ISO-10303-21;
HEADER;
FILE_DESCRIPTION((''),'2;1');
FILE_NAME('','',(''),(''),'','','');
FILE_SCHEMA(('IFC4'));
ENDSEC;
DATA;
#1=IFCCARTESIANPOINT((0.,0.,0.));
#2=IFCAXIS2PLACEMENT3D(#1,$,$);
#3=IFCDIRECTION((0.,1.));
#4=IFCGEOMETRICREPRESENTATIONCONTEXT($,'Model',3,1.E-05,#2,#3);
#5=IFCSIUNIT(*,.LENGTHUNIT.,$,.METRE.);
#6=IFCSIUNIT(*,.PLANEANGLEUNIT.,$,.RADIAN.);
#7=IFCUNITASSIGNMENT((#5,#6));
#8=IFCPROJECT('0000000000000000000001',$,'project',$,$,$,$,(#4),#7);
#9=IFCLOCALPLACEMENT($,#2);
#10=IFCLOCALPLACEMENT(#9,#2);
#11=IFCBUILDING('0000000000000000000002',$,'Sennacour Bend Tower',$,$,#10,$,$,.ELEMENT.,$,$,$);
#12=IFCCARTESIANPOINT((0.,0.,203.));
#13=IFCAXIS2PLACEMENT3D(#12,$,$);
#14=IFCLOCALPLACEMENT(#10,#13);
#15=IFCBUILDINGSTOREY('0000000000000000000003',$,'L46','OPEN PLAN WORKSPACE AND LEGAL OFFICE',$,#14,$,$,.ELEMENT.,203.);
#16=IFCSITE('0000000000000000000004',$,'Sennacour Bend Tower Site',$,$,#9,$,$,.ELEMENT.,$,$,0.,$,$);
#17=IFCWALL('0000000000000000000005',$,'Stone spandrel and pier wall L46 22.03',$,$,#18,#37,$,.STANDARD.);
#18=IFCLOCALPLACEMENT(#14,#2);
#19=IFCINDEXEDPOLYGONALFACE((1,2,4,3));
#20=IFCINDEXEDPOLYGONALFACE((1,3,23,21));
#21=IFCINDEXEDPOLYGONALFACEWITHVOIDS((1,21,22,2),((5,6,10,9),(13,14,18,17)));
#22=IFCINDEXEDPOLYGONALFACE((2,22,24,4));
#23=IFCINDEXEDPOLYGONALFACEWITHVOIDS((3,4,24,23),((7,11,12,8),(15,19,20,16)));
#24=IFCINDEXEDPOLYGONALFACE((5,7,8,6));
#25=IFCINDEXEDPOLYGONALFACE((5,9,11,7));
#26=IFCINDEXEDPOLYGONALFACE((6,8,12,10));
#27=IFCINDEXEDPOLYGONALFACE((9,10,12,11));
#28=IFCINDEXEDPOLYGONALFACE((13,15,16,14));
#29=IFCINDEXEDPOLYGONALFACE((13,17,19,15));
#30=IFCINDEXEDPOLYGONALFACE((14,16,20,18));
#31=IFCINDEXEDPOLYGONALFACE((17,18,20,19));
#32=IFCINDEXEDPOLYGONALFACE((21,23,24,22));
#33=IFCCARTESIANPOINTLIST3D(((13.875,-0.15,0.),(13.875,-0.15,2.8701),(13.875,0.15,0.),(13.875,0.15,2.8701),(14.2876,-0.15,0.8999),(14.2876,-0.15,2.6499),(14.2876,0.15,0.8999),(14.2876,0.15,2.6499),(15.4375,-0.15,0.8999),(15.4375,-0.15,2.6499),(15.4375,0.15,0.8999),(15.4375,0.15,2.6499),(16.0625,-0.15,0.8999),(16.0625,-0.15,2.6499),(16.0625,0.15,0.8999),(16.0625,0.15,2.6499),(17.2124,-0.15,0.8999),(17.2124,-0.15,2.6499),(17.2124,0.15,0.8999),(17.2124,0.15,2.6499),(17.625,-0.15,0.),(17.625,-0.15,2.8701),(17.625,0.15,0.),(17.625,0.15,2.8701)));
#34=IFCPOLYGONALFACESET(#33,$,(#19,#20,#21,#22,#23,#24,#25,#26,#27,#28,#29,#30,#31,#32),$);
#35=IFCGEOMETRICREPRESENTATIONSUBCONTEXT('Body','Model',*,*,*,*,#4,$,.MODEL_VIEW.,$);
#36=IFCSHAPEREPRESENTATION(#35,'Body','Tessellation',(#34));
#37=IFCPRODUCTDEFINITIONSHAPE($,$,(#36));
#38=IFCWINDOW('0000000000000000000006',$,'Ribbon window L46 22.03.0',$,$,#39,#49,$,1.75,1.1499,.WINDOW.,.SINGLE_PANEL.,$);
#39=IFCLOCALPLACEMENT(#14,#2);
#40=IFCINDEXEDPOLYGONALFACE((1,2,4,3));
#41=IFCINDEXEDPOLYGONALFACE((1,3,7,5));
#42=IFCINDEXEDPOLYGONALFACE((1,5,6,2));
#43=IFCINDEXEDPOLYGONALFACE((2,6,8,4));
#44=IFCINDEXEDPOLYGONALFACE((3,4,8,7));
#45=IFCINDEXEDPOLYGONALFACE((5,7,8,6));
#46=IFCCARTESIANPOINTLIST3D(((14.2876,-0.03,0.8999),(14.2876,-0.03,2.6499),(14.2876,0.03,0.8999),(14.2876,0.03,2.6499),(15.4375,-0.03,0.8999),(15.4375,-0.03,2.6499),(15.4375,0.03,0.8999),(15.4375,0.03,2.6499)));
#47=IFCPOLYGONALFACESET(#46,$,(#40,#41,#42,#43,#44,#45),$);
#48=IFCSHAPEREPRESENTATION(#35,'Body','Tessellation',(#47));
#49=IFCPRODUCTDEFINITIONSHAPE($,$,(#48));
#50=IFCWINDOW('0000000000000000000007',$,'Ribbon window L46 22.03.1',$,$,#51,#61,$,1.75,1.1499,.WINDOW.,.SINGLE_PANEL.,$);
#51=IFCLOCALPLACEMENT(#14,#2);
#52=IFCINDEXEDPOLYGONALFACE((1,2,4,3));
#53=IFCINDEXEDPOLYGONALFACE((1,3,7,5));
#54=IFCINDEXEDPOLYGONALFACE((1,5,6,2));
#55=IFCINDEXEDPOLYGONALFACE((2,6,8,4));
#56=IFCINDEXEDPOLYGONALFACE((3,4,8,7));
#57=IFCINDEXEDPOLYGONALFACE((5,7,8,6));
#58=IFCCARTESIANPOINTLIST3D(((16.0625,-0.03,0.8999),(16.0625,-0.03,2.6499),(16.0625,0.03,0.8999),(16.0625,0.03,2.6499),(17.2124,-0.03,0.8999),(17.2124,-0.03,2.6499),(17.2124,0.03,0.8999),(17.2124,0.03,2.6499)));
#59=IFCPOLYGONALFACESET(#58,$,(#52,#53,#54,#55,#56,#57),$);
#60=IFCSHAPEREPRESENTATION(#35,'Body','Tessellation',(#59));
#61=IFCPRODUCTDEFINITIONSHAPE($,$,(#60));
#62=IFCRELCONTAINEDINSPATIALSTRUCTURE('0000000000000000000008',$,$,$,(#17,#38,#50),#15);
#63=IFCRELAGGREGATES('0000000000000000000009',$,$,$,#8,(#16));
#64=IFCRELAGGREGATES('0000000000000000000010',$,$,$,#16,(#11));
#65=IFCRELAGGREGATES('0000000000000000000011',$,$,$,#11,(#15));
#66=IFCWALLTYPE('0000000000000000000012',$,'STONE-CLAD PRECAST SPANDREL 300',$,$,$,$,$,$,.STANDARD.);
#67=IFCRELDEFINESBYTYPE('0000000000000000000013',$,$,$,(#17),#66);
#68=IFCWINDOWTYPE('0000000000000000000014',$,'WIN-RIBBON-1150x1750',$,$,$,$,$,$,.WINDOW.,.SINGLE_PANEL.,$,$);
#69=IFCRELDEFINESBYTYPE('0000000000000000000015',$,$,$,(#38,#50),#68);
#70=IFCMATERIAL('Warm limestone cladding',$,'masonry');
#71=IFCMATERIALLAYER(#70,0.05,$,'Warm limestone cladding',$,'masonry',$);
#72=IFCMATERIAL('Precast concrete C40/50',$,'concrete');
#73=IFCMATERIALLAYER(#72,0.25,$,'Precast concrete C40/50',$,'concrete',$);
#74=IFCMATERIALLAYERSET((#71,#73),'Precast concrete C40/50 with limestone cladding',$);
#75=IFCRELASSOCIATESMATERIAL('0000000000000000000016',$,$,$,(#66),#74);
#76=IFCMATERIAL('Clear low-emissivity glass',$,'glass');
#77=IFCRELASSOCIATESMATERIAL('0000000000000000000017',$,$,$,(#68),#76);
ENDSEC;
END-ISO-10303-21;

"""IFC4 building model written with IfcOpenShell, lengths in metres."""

from ifc_helpers import new_model, si_unit, direction, frame, frame_2d, origin, place, context, subcontext, project, spatial, rectangle, extrude, material, layer, layer_set, type_object, element, fill, save


model = new_model("IFC4")

# Units and contexts
model_context = context("Model", 3, precision=1e-05, world=origin(), true_north=direction((0.0, 1.0)))
body_context = subcontext(model_context, "Body", "Model", "MODEL_VIEW")
ifc_project = project(units=[si_unit("LENGTHUNIT", "METRE"), si_unit("PLANEANGLEUNIT", "RADIAN")], contexts=[model_context])

# Site, building, storey
site_placement = place(None, origin())
site = spatial("IfcSite", under=ifc_project, at=site_placement, Name="Sennacour Bend Tower Site", CompositionType="ELEMENT", RefElevation=0.0)
building_placement = place(site_placement, origin())
building = spatial("IfcBuilding", under=site, at=building_placement, Name="Sennacour Bend Tower", CompositionType="ELEMENT")
storey_placement = place(building_placement, frame((0.0, 0.0, 203.0)))
storey = spatial("IfcBuildingStorey", under=building, at=storey_placement, Name="L46", Description="OPEN PLAN WORKSPACE AND LEGAL OFFICE", CompositionType="ELEMENT", Elevation=203.0)

# Wall, openings, windows
ifc_material_1 = material(Name="Warm limestone cladding", Category="masonry")
ifc_layer_1 = layer(ifc_material_1, 0.05, Name="Warm limestone cladding", Category="masonry")
ifc_material_2 = material(Name="Precast concrete C40/50", Category="concrete")
ifc_layer_2 = layer(ifc_material_2, 0.25, Name="Precast concrete C40/50", Category="concrete")
ifc_layer_set_1 = layer_set([ifc_layer_1, ifc_layer_2], Name="Precast concrete C40/50 with limestone cladding")
wall_type_1 = type_object("IfcWallType", Name="STONE-CLAD PRECAST SPANDREL 300", PredefinedType="STANDARD", material=ifc_layer_set_1)
ifc_material_3 = material(Name="Clear low-emissivity glass", Category="glass")
window_type_1 = type_object("IfcWindowType", Name="WIN-RIBBON-1150x1750", PartitioningType="SINGLE_PANEL", PredefinedType="WINDOW", material=ifc_material_3)
wall_1_placement = place(storey_placement, frame((13.875, 0.0, 0.0), z_axis=(0.0, 0.0, 1.0), x_axis=(1.0, 0.0, 0.0)))
wall_1 = element("IfcWall", 1, at=wall_1_placement, inside=storey, type_object=wall_type_1, Name="Stone spandrel and pier wall L46 22.03", PredefinedType="STANDARD", context=body_context, shape_type="SweptSolid", body=[
    extrude(rectangle(XDim=3.75, YDim=0.3, at=frame_2d((1.875, 0.0))), origin(), (0.0, 0.0, 1.0), 2.8701),
])
opening_1_placement = place(wall_1_placement, frame((0.4126, 0.0, 0.8999)))
opening_1 = element("IfcOpeningElement", 2, at=opening_1_placement, cuts=wall_1, PredefinedType="OPENING", context=body_context, shape_type="SweptSolid", body=[
    extrude(rectangle(XDim=1.1499, YDim=1.75, at=frame_2d((0.575, 0.875))), frame((0.0, 0.1602, 0.0), z_axis=(0.0, -1.0, 0.0), x_axis=(1.0, 0.0, 0.0)), (0.0, 0.0, 1.0), 0.3201),
])
opening_2_placement = place(wall_1_placement, frame((2.1875, 0.0, 0.8999)))
opening_2 = element("IfcOpeningElement", 3, at=opening_2_placement, cuts=wall_1, PredefinedType="OPENING", context=body_context, shape_type="SweptSolid", body=[
    extrude(rectangle(XDim=1.1499, YDim=1.75, at=frame_2d((0.575, 0.875))), frame((0.0, 0.1602, 0.0), z_axis=(0.0, -1.0, 0.0), x_axis=(1.0, 0.0, 0.0)), (0.0, 0.0, 1.0), 0.3201),
])
window_1_placement = place(opening_1_placement, origin())
window_1 = element("IfcWindow", 4, at=window_1_placement, inside=storey, type_object=window_type_1, Name="Ribbon window L46 22.03.0", OverallHeight=1.75, OverallWidth=1.1499, PartitioningType="SINGLE_PANEL", PredefinedType="WINDOW", context=body_context, shape_type="SweptSolid", body=[
    extrude(rectangle(XDim=1.1499, YDim=1.75, at=frame_2d((0.575, 0.875))), frame((0.0, 0.03, 0.0), z_axis=(0.0, -1.0, 0.0), x_axis=(1.0, 0.0, 0.0)), (0.0, 0.0, 1.0), 0.0601),
])
fill(opening_1, window_1)
window_2_placement = place(opening_2_placement, origin())
window_2 = element("IfcWindow", 5, at=window_2_placement, inside=storey, type_object=window_type_1, Name="Ribbon window L46 22.03.1", OverallHeight=1.75, OverallWidth=1.1499, PartitioningType="SINGLE_PANEL", PredefinedType="WINDOW", context=body_context, shape_type="SweptSolid", body=[
    extrude(rectangle(XDim=1.1499, YDim=1.75, at=frame_2d((0.575, 0.875))), frame((0.0, 0.03, 0.0), z_axis=(0.0, -1.0, 0.0), x_axis=(1.0, 0.0, 0.0)), (0.0, 0.0, 1.0), 0.0601),
])
fill(opening_2, window_2)

save(model, "model.ifc")
